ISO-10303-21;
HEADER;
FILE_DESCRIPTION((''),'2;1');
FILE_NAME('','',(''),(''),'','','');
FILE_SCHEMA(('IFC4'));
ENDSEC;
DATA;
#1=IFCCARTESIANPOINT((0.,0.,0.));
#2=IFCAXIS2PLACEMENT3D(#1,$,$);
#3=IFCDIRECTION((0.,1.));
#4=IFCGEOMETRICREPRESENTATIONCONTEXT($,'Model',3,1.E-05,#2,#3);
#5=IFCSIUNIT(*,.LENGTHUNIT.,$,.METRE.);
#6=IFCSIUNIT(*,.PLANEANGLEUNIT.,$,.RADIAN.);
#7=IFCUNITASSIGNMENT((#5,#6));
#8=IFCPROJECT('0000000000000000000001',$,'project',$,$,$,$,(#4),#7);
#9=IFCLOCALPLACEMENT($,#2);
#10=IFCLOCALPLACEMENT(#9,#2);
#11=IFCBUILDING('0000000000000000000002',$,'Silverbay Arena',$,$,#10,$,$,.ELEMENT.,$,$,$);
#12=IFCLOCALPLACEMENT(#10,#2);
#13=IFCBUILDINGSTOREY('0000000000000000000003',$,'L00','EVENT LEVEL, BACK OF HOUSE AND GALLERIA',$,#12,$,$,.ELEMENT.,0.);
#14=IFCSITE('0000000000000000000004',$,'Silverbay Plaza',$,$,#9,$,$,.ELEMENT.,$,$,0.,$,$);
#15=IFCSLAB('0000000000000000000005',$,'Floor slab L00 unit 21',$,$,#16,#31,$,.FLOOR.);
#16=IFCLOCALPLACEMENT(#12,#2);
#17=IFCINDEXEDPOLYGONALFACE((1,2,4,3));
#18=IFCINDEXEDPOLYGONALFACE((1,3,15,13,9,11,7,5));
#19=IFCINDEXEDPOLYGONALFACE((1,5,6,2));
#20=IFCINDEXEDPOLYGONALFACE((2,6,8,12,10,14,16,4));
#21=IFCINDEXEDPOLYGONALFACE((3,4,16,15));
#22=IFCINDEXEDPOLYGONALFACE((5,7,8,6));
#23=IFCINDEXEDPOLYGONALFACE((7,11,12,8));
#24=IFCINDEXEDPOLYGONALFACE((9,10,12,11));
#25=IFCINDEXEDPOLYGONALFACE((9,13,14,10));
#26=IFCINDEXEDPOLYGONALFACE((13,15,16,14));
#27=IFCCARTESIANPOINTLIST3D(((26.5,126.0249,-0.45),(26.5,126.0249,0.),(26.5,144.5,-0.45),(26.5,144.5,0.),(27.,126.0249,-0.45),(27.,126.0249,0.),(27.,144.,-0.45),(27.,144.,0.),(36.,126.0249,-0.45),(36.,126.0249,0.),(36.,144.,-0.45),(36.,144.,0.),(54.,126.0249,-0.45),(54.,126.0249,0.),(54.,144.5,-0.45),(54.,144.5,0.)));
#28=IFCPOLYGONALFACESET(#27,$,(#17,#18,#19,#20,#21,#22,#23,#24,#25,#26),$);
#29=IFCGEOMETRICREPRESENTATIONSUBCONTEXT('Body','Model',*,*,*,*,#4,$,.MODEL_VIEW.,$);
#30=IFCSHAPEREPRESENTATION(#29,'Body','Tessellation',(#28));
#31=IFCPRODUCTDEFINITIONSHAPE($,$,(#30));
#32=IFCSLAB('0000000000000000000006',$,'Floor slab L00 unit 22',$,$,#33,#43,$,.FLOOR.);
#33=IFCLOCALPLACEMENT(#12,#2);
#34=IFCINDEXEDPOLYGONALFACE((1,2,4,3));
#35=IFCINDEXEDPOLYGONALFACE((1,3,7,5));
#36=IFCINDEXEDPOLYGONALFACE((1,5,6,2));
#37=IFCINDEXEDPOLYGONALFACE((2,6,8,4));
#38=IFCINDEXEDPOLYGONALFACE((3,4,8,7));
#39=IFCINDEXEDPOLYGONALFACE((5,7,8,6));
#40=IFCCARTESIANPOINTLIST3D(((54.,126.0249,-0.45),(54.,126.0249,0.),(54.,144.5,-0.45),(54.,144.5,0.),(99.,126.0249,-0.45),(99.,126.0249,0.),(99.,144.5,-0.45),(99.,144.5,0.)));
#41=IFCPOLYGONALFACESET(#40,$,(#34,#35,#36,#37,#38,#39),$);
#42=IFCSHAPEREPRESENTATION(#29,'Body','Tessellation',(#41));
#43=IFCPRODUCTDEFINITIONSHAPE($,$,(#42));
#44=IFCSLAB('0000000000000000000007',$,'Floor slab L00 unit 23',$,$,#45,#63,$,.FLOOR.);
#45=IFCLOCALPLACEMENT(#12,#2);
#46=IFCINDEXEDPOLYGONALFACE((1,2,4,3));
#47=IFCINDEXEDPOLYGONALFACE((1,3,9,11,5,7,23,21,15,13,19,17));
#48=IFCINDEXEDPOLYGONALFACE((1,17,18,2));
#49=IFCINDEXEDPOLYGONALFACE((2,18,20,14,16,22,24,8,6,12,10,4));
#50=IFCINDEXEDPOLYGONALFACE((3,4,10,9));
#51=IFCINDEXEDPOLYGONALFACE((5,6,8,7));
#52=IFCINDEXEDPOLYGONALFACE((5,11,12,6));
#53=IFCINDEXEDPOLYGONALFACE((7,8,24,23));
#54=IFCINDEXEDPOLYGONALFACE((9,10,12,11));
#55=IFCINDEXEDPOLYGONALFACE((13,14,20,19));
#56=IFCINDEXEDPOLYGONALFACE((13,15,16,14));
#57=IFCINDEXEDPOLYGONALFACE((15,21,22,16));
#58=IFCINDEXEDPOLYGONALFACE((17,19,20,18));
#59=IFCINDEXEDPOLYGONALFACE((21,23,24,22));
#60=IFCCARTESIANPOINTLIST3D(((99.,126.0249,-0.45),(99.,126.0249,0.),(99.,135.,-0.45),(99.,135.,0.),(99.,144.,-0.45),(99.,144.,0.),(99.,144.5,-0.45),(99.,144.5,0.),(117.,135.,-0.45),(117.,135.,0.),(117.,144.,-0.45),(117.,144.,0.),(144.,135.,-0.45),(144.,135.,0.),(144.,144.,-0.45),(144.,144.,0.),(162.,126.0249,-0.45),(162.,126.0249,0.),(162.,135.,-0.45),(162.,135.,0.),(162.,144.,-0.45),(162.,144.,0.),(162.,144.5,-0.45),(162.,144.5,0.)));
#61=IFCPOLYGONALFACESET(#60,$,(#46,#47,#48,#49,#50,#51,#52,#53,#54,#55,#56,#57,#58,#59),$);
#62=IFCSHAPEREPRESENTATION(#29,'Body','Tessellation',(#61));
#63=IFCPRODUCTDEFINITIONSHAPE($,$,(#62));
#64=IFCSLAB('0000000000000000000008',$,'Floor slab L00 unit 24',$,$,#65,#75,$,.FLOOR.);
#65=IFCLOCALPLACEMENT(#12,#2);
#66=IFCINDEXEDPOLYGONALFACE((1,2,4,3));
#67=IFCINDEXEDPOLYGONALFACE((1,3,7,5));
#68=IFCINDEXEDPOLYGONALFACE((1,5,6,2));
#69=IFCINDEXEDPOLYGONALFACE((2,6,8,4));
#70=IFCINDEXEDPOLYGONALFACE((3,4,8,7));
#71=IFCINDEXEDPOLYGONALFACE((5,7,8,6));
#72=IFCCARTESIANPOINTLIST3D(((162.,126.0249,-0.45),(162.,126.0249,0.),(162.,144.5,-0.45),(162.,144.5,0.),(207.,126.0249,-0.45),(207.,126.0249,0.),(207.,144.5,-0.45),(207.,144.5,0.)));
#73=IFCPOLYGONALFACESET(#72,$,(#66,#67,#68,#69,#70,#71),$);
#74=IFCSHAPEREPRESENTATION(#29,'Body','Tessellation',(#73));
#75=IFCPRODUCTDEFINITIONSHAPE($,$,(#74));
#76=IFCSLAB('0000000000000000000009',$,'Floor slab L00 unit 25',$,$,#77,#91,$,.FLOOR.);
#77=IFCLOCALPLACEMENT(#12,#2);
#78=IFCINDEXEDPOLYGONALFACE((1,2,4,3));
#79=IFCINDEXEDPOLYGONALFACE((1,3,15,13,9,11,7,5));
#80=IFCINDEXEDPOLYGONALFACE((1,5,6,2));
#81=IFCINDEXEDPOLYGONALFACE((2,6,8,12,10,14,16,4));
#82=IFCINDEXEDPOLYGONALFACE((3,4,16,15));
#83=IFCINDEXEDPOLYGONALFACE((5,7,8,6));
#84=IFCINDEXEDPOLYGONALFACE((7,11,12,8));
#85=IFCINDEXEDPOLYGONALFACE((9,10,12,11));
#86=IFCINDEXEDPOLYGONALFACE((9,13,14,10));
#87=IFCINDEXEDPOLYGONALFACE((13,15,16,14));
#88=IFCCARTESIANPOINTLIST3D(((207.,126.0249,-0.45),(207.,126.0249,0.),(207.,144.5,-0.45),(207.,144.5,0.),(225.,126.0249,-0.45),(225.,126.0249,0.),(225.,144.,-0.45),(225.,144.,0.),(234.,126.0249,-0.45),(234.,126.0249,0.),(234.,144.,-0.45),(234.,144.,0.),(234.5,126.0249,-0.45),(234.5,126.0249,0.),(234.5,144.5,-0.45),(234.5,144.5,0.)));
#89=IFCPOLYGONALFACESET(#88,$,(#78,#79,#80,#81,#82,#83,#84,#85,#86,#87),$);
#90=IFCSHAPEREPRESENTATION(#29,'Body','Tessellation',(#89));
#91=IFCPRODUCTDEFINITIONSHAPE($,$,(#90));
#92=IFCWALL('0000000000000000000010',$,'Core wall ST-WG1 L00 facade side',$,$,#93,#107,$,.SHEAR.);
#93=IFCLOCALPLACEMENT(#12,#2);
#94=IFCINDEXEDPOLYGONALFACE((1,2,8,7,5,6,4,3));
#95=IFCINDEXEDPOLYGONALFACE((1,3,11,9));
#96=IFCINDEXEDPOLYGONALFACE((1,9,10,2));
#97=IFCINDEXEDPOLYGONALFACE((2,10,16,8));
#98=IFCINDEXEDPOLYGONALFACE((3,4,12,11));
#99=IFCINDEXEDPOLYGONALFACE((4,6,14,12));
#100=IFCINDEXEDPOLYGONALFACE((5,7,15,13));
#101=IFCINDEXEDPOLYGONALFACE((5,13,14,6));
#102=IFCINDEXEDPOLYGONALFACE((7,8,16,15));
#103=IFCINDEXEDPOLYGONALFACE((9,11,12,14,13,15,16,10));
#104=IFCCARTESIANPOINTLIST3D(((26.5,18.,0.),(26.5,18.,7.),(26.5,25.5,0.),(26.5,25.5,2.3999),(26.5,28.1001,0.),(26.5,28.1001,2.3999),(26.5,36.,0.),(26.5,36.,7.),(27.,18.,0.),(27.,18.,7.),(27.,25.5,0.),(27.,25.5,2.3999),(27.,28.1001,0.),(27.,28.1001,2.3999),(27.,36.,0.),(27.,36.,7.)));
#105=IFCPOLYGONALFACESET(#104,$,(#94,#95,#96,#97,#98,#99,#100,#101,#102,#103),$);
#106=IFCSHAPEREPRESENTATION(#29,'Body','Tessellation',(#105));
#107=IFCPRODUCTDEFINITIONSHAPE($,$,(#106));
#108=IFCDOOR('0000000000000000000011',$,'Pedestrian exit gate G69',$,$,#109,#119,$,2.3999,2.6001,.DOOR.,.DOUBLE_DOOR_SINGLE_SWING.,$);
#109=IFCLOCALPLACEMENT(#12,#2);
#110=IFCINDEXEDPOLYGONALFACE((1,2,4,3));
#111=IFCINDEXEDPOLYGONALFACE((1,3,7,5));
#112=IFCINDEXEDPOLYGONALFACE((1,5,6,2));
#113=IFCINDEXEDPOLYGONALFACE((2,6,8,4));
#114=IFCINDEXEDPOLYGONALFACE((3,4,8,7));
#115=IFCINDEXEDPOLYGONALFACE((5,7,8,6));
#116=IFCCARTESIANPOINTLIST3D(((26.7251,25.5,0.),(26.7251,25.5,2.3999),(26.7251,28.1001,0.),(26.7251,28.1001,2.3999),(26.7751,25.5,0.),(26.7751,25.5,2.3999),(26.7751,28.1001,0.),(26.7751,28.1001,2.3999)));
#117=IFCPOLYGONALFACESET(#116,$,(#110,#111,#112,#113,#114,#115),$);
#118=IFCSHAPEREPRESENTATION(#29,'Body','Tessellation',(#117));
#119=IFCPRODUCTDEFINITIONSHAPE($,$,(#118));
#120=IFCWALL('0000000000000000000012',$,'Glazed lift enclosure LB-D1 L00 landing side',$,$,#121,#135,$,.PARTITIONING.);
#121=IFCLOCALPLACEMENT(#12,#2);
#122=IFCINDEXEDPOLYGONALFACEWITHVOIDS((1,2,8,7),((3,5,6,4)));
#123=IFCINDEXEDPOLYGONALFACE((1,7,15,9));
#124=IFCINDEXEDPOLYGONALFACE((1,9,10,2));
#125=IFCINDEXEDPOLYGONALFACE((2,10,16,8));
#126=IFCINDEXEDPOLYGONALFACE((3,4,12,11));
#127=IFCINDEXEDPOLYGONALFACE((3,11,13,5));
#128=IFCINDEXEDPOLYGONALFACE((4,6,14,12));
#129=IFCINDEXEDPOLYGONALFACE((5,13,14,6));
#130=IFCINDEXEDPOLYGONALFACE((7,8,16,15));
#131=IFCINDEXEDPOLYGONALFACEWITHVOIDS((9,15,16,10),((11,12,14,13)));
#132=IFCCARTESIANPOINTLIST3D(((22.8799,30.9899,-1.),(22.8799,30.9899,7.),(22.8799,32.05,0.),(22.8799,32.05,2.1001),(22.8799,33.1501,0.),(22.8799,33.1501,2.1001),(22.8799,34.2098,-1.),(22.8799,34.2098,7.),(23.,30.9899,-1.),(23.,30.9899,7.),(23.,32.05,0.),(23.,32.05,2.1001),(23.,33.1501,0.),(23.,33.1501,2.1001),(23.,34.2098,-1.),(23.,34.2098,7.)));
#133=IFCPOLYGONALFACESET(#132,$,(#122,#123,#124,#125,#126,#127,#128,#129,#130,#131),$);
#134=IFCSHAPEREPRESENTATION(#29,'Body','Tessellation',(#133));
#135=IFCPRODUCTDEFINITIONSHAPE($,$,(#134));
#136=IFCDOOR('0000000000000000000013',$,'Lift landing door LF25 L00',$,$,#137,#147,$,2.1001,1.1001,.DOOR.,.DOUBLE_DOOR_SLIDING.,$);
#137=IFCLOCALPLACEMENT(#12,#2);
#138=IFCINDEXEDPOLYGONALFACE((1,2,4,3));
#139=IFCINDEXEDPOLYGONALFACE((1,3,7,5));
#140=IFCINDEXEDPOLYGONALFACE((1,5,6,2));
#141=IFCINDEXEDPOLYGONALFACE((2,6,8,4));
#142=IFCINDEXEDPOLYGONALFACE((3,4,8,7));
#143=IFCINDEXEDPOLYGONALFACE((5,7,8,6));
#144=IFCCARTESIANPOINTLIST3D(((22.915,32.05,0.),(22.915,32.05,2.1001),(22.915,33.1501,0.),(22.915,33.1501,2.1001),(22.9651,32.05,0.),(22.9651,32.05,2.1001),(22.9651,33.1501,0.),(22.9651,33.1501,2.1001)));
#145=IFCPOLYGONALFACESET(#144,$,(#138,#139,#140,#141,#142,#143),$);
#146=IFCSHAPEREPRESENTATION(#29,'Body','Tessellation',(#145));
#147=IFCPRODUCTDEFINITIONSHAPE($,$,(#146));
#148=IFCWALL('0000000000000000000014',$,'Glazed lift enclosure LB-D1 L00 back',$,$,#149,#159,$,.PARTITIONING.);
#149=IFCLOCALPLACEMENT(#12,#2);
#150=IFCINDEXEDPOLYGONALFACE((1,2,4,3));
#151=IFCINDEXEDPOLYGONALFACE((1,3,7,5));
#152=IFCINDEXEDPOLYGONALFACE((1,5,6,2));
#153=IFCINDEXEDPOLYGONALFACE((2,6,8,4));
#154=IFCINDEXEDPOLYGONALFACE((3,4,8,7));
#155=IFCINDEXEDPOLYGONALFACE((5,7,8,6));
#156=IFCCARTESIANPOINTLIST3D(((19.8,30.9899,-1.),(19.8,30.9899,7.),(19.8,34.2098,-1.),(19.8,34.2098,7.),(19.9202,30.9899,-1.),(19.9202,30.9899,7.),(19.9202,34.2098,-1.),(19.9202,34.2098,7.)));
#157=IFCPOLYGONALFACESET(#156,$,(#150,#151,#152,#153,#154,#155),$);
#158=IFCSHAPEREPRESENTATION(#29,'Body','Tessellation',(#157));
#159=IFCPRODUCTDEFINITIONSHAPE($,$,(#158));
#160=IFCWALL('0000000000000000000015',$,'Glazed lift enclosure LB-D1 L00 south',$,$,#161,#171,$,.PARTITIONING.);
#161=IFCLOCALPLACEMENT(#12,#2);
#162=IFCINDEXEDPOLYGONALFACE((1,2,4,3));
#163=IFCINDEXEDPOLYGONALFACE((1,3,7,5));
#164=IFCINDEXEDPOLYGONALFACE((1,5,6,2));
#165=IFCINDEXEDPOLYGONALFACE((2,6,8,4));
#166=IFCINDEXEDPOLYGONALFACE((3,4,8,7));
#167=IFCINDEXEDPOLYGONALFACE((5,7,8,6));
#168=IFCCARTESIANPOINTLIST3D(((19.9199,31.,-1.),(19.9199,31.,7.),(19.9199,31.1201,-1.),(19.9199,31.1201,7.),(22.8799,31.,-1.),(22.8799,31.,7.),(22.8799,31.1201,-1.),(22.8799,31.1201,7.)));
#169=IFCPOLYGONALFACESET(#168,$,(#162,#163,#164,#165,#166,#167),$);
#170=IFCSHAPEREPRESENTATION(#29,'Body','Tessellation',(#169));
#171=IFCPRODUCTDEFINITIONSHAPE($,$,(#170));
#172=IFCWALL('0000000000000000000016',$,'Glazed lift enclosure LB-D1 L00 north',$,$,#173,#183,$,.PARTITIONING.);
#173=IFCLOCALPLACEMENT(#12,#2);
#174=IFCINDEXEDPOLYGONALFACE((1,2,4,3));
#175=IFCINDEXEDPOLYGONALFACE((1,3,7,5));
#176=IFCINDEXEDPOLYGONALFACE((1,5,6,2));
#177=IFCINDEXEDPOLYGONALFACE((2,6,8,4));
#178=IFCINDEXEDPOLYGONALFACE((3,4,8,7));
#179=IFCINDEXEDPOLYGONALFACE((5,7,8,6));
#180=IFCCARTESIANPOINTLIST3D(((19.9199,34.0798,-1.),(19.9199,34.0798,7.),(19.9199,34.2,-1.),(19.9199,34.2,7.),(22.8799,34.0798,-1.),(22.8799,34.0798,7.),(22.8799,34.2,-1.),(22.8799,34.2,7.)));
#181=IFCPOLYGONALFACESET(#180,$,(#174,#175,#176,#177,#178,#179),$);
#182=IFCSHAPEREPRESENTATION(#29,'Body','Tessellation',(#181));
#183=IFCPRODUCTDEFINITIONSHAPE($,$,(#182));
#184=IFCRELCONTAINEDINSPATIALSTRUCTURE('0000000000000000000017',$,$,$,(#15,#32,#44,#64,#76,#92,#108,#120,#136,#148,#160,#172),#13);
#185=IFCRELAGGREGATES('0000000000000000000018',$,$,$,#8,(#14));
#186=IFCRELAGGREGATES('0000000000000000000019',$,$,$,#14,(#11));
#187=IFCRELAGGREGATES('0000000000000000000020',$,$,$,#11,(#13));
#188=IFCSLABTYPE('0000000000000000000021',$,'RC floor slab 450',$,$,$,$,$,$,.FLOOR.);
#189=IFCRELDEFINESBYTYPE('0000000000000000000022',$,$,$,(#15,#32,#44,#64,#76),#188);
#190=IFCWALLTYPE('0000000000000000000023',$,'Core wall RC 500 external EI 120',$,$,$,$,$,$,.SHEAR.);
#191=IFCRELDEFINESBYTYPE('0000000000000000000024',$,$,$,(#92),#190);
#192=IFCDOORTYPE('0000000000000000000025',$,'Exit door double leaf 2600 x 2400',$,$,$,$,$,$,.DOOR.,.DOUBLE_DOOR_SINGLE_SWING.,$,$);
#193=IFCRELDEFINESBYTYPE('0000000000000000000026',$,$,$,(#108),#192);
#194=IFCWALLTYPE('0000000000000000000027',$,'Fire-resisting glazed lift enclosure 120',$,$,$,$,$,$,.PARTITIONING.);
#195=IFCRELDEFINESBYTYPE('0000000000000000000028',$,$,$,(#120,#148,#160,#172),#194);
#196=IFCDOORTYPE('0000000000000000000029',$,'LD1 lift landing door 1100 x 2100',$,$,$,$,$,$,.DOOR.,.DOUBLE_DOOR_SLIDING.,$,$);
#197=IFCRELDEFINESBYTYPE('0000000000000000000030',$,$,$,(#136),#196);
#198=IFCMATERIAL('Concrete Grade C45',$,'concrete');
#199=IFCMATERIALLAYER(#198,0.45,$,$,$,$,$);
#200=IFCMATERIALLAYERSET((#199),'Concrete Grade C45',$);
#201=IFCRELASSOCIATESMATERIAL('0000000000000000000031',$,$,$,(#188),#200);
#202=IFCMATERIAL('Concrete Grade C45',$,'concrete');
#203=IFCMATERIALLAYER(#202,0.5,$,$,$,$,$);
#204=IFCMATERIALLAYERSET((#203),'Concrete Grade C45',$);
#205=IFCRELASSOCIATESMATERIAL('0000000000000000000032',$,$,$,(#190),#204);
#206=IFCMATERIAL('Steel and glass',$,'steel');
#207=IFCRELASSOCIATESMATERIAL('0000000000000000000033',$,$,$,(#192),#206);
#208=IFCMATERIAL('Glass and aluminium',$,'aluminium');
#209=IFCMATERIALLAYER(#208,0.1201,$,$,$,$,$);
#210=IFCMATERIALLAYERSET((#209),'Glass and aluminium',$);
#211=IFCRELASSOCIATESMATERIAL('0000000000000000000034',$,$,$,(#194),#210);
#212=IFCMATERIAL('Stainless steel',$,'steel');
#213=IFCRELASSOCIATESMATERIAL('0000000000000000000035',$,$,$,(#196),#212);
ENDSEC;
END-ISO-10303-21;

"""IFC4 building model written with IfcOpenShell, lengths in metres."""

from ifc_helpers import new_model, si_unit, direction, frame, frame_2d, origin, place, context, subcontext, project, spatial, polyline, rectangle, outline, extrude, material, layer, layer_set, type_object, element, fill, save


model = new_model("IFC4")

# Units and contexts
model_context = context("Model", 3, precision=1e-05, world=origin(), true_north=direction((0.0, 1.0)))
body_context = subcontext(model_context, "Body", "Model", "MODEL_VIEW")
ifc_project = project(units=[si_unit("LENGTHUNIT", "METRE"), si_unit("PLANEANGLEUNIT", "RADIAN")], contexts=[model_context])

# Site, building, storey
site_placement = place(None, origin())
site = spatial("IfcSite", under=ifc_project, at=site_placement, Name="Silverbay Plaza", CompositionType="ELEMENT", RefElevation=0.0)
building_placement = place(site_placement, origin())
building = spatial("IfcBuilding", under=site, at=building_placement, Name="Silverbay Arena", CompositionType="ELEMENT")
storey_placement = place(building_placement, origin())
storey = spatial("IfcBuildingStorey", under=building, at=storey_placement, Name="L00", Description="EVENT LEVEL, BACK OF HOUSE AND GALLERIA", CompositionType="ELEMENT", Elevation=0.0)

# Slabs
ifc_material_1 = material(Name="Concrete Grade C45", Category="concrete")
ifc_layer_1 = layer(ifc_material_1, 0.45)
ifc_layer_set_1 = layer_set([ifc_layer_1], Name="Concrete Grade C45")
slab_type = type_object("IfcSlabType", Name="RC floor slab 450", PredefinedType="FLOOR", material=ifc_layer_set_1)
slab_1_placement = place(storey_placement, frame((0.0, 0.0, -0.45)))
element("IfcSlab", 1, at=slab_1_placement, inside=storey, type_object=slab_type, Name="Floor slab L00 unit 21", PredefinedType="FLOOR", context=body_context, shape_type="SweptSolid", body=[
    extrude(outline(polyline([(26.5, 126.0249), (26.5, 144.5), (54.0, 144.5), (54.0, 126.0249), (36.0, 126.0249), (36.0, 144.0), (27.0, 144.0), (27.0, 126.0249), (26.5, 126.0249)])), origin(), (0.0, 0.0, 1.0), 0.45),
])
slab_2_placement = place(storey_placement, frame((0.0, 0.0, -0.45)))
element("IfcSlab", 2, at=slab_2_placement, inside=storey, type_object=slab_type, Name="Floor slab L00 unit 22", PredefinedType="FLOOR", context=body_context, shape_type="SweptSolid", body=[
    extrude(outline(polyline([(99.0, 126.0249), (54.0, 126.0249), (54.0, 144.5), (99.0, 144.5), (99.0, 126.0249)])), origin(), (0.0, 0.0, 1.0), 0.45),
])
slab_3_placement = place(storey_placement, frame((0.0, 0.0, -0.45)))
element("IfcSlab", 3, at=slab_3_placement, inside=storey, type_object=slab_type, Name="Floor slab L00 unit 23", PredefinedType="FLOOR", context=body_context, shape_type="SweptSolid", body=[
    extrude(outline(polyline([(117.0, 135.0), (117.0, 144.0), (99.0, 144.0), (99.0, 144.5), (162.0, 144.5), (162.0, 144.0), (144.0, 144.0), (144.0, 135.0), (162.0, 135.0), (162.0, 126.0249), (99.0, 126.0249), (99.0, 135.0), (117.0, 135.0)])), origin(), (0.0, 0.0, 1.0), 0.45),
])
slab_4_placement = place(storey_placement, frame((0.0, 0.0, -0.45)))
element("IfcSlab", 4, at=slab_4_placement, inside=storey, type_object=slab_type, Name="Floor slab L00 unit 24", PredefinedType="FLOOR", context=body_context, shape_type="SweptSolid", body=[
    extrude(outline(polyline([(162.0, 126.0249), (162.0, 144.5), (207.0, 144.5), (207.0, 126.0249), (162.0, 126.0249)])), origin(), (0.0, 0.0, 1.0), 0.45),
])
slab_5_placement = place(storey_placement, frame((0.0, 0.0, -0.45)))
element("IfcSlab", 5, at=slab_5_placement, inside=storey, type_object=slab_type, Name="Floor slab L00 unit 25", PredefinedType="FLOOR", context=body_context, shape_type="SweptSolid", body=[
    extrude(outline(polyline([(234.0, 126.0249), (234.0, 144.0), (225.0, 144.0), (225.0, 126.0249), (207.0, 126.0249), (207.0, 144.5), (234.5, 144.5), (234.5, 126.0249), (234.0, 126.0249)])), origin(), (0.0, 0.0, 1.0), 0.45),
])

# Walls, openings, doors
ifc_material_2 = material(Name="Concrete Grade C45", Category="concrete")
ifc_layer_2 = layer(ifc_material_2, 0.5)
ifc_layer_set_2 = layer_set([ifc_layer_2], Name="Concrete Grade C45")
wall_type_1 = type_object("IfcWallType", Name="Core wall RC 500 external EI 120", PredefinedType="SHEAR", material=ifc_layer_set_2)
wall_1_placement = place(storey_placement, frame((26.75, 36.0, 0.0), z_axis=(0.0, 0.0, 1.0), x_axis=(0.0, -1.0, 0.0)))
wall_1 = element("IfcWall", 6, at=wall_1_placement, inside=storey, type_object=wall_type_1, Name="Core wall ST-WG1 L00 facade side", PredefinedType="SHEAR", context=body_context, shape_type="SweptSolid", body=[
    extrude(rectangle(XDim=18.0, YDim=0.5, at=frame_2d((9.0, 0.0))), origin(), (0.0, 0.0, 1.0), 7.0),
])
opening_1_placement = place(wall_1_placement, frame((7.8999, 0.0, 0.0)))
opening_1 = element("IfcOpeningElement", 7, at=opening_1_placement, cuts=wall_1, PredefinedType="OPENING", context=body_context, shape_type="SweptSolid", body=[
    extrude(rectangle(XDim=2.6001, YDim=2.3999, at=frame_2d((1.3, 1.2))), frame((0.0, 0.26, 0.0), z_axis=(0.0, -1.0, 0.0), x_axis=(1.0, 0.0, 0.0)), (0.0, 0.0, 1.0), 0.52),
])
ifc_material_3 = material(Name="Steel and glass", Category="steel")
door_type_1 = type_object("IfcDoorType", Name="Exit door double leaf 2600 x 2400", OperationType="DOUBLE_DOOR_SINGLE_SWING", PredefinedType="DOOR", material=ifc_material_3)
door_1_placement = place(opening_1_placement, frame((2.6001, 0.0, 0.0), z_axis=(0.0, 0.0, 1.0), x_axis=(-1.0, 0.0, 0.0)))
door_1 = element("IfcDoor", 8, at=door_1_placement, inside=storey, type_object=door_type_1, Name="Pedestrian exit gate G69", OperationType="DOUBLE_DOOR_SINGLE_SWING", OverallHeight=2.3999, OverallWidth=2.6001, PredefinedType="DOOR", context=body_context, shape_type="SweptSolid", body=[
    extrude(rectangle(XDim=2.6001, YDim=2.3999, at=frame_2d((1.3, 1.2))), frame((0.0, 0.0249, 0.0), z_axis=(0.0, -1.0, 0.0), x_axis=(1.0, 0.0, 0.0)), (0.0, 0.0, 1.0), 0.05),
])
fill(opening_1, door_1)
ifc_material_4 = material(Name="Glass and aluminium", Category="aluminium")
ifc_layer_3 = layer(ifc_material_4, 0.1201)
ifc_layer_set_3 = layer_set([ifc_layer_3], Name="Glass and aluminium")
wall_type_2 = type_object("IfcWallType", Name="Fire-resisting glazed lift enclosure 120", PredefinedType="PARTITIONING", material=ifc_layer_set_3)
wall_2_placement = place(storey_placement, frame((22.9399, 30.99, -1.0), z_axis=(0.0, 0.0, 1.0), x_axis=(0.0, 1.0, 0.0)))
wall_2 = element("IfcWall", 9, at=wall_2_placement, inside=storey, type_object=wall_type_2, Name="Glazed lift enclosure LB-D1 L00 landing side", PredefinedType="PARTITIONING", context=body_context, shape_type="SweptSolid", body=[
    extrude(rectangle(XDim=3.22, YDim=0.1201, at=frame_2d((1.6099, 0.0))), origin(), (0.0, 0.0, 1.0), 8.0),
])
opening_2_placement = place(wall_2_placement, frame((1.0601, 0.0, 1.0)))
opening_2 = element("IfcOpeningElement", 10, at=opening_2_placement, cuts=wall_2, PredefinedType="OPENING", context=body_context, shape_type="SweptSolid", body=[
    extrude(rectangle(XDim=1.1001, YDim=2.1001, at=frame_2d((0.55, 1.05))), frame((0.0, 0.0701, 0.0), z_axis=(0.0, -1.0, 0.0), x_axis=(1.0, 0.0, 0.0)), (0.0, 0.0, 1.0), 0.1401),
])
ifc_material_5 = material(Name="Stainless steel", Category="steel")
door_type_2 = type_object("IfcDoorType", Name="LD1 lift landing door 1100 x 2100", OperationType="DOUBLE_DOOR_SLIDING", PredefinedType="DOOR", material=ifc_material_5)
door_2_placement = place(opening_2_placement, origin())
door_2 = element("IfcDoor", 11, at=door_2_placement, inside=storey, type_object=door_type_2, Name="Lift landing door LF25 L00", OperationType="DOUBLE_DOOR_SLIDING", OverallHeight=2.1001, OverallWidth=1.1001, PredefinedType="DOOR", context=body_context, shape_type="SweptSolid", body=[
    extrude(rectangle(XDim=1.1001, YDim=2.1001, at=frame_2d((0.55, 1.05))), frame((0.0, 0.0249, 0.0), z_axis=(0.0, -1.0, 0.0), x_axis=(1.0, 0.0, 0.0)), (0.0, 0.0, 1.0), 0.05),
])
fill(opening_2, door_2)

# Walls
wall_3_placement = place(storey_placement, frame((19.8601, 30.99, -1.0), z_axis=(0.0, 0.0, 1.0), x_axis=(0.0, 1.0, 0.0)))
element("IfcWall", 12, at=wall_3_placement, inside=storey, type_object=wall_type_2, Name="Glazed lift enclosure LB-D1 L00 back", PredefinedType="PARTITIONING", context=body_context, shape_type="SweptSolid", body=[
    extrude(rectangle(XDim=3.22, YDim=0.1201, at=frame_2d((1.6099, 0.0))), origin(), (0.0, 0.0, 1.0), 8.0),
])
for number, where, z_axis, x_axis, name in (
    (13, (19.9199, 31.0601, -1.0), (0.0, 0.0, 1.0), (1.0, 0.0, 0.0), "Glazed lift enclosure LB-D1 L00 south"),
    (14, (19.9199, 34.1399, -1.0), (0.0, 0.0, 1.0), (1.0, 0.0, 0.0), "Glazed lift enclosure LB-D1 L00 north"),
):
    element("IfcWall", number, at=place(storey_placement, frame(where, z_axis=z_axis, x_axis=x_axis)), inside=storey, type_object=wall_type_2, Name=name, PredefinedType="PARTITIONING", context=body_context, shape_type="SweptSolid", body=[
        extrude(rectangle(XDim=2.96, YDim=0.1201, at=frame_2d((1.48, 0.0))), origin(), (0.0, 0.0, 1.0), 8.0),
    ])

save(model, "model.ifc")
